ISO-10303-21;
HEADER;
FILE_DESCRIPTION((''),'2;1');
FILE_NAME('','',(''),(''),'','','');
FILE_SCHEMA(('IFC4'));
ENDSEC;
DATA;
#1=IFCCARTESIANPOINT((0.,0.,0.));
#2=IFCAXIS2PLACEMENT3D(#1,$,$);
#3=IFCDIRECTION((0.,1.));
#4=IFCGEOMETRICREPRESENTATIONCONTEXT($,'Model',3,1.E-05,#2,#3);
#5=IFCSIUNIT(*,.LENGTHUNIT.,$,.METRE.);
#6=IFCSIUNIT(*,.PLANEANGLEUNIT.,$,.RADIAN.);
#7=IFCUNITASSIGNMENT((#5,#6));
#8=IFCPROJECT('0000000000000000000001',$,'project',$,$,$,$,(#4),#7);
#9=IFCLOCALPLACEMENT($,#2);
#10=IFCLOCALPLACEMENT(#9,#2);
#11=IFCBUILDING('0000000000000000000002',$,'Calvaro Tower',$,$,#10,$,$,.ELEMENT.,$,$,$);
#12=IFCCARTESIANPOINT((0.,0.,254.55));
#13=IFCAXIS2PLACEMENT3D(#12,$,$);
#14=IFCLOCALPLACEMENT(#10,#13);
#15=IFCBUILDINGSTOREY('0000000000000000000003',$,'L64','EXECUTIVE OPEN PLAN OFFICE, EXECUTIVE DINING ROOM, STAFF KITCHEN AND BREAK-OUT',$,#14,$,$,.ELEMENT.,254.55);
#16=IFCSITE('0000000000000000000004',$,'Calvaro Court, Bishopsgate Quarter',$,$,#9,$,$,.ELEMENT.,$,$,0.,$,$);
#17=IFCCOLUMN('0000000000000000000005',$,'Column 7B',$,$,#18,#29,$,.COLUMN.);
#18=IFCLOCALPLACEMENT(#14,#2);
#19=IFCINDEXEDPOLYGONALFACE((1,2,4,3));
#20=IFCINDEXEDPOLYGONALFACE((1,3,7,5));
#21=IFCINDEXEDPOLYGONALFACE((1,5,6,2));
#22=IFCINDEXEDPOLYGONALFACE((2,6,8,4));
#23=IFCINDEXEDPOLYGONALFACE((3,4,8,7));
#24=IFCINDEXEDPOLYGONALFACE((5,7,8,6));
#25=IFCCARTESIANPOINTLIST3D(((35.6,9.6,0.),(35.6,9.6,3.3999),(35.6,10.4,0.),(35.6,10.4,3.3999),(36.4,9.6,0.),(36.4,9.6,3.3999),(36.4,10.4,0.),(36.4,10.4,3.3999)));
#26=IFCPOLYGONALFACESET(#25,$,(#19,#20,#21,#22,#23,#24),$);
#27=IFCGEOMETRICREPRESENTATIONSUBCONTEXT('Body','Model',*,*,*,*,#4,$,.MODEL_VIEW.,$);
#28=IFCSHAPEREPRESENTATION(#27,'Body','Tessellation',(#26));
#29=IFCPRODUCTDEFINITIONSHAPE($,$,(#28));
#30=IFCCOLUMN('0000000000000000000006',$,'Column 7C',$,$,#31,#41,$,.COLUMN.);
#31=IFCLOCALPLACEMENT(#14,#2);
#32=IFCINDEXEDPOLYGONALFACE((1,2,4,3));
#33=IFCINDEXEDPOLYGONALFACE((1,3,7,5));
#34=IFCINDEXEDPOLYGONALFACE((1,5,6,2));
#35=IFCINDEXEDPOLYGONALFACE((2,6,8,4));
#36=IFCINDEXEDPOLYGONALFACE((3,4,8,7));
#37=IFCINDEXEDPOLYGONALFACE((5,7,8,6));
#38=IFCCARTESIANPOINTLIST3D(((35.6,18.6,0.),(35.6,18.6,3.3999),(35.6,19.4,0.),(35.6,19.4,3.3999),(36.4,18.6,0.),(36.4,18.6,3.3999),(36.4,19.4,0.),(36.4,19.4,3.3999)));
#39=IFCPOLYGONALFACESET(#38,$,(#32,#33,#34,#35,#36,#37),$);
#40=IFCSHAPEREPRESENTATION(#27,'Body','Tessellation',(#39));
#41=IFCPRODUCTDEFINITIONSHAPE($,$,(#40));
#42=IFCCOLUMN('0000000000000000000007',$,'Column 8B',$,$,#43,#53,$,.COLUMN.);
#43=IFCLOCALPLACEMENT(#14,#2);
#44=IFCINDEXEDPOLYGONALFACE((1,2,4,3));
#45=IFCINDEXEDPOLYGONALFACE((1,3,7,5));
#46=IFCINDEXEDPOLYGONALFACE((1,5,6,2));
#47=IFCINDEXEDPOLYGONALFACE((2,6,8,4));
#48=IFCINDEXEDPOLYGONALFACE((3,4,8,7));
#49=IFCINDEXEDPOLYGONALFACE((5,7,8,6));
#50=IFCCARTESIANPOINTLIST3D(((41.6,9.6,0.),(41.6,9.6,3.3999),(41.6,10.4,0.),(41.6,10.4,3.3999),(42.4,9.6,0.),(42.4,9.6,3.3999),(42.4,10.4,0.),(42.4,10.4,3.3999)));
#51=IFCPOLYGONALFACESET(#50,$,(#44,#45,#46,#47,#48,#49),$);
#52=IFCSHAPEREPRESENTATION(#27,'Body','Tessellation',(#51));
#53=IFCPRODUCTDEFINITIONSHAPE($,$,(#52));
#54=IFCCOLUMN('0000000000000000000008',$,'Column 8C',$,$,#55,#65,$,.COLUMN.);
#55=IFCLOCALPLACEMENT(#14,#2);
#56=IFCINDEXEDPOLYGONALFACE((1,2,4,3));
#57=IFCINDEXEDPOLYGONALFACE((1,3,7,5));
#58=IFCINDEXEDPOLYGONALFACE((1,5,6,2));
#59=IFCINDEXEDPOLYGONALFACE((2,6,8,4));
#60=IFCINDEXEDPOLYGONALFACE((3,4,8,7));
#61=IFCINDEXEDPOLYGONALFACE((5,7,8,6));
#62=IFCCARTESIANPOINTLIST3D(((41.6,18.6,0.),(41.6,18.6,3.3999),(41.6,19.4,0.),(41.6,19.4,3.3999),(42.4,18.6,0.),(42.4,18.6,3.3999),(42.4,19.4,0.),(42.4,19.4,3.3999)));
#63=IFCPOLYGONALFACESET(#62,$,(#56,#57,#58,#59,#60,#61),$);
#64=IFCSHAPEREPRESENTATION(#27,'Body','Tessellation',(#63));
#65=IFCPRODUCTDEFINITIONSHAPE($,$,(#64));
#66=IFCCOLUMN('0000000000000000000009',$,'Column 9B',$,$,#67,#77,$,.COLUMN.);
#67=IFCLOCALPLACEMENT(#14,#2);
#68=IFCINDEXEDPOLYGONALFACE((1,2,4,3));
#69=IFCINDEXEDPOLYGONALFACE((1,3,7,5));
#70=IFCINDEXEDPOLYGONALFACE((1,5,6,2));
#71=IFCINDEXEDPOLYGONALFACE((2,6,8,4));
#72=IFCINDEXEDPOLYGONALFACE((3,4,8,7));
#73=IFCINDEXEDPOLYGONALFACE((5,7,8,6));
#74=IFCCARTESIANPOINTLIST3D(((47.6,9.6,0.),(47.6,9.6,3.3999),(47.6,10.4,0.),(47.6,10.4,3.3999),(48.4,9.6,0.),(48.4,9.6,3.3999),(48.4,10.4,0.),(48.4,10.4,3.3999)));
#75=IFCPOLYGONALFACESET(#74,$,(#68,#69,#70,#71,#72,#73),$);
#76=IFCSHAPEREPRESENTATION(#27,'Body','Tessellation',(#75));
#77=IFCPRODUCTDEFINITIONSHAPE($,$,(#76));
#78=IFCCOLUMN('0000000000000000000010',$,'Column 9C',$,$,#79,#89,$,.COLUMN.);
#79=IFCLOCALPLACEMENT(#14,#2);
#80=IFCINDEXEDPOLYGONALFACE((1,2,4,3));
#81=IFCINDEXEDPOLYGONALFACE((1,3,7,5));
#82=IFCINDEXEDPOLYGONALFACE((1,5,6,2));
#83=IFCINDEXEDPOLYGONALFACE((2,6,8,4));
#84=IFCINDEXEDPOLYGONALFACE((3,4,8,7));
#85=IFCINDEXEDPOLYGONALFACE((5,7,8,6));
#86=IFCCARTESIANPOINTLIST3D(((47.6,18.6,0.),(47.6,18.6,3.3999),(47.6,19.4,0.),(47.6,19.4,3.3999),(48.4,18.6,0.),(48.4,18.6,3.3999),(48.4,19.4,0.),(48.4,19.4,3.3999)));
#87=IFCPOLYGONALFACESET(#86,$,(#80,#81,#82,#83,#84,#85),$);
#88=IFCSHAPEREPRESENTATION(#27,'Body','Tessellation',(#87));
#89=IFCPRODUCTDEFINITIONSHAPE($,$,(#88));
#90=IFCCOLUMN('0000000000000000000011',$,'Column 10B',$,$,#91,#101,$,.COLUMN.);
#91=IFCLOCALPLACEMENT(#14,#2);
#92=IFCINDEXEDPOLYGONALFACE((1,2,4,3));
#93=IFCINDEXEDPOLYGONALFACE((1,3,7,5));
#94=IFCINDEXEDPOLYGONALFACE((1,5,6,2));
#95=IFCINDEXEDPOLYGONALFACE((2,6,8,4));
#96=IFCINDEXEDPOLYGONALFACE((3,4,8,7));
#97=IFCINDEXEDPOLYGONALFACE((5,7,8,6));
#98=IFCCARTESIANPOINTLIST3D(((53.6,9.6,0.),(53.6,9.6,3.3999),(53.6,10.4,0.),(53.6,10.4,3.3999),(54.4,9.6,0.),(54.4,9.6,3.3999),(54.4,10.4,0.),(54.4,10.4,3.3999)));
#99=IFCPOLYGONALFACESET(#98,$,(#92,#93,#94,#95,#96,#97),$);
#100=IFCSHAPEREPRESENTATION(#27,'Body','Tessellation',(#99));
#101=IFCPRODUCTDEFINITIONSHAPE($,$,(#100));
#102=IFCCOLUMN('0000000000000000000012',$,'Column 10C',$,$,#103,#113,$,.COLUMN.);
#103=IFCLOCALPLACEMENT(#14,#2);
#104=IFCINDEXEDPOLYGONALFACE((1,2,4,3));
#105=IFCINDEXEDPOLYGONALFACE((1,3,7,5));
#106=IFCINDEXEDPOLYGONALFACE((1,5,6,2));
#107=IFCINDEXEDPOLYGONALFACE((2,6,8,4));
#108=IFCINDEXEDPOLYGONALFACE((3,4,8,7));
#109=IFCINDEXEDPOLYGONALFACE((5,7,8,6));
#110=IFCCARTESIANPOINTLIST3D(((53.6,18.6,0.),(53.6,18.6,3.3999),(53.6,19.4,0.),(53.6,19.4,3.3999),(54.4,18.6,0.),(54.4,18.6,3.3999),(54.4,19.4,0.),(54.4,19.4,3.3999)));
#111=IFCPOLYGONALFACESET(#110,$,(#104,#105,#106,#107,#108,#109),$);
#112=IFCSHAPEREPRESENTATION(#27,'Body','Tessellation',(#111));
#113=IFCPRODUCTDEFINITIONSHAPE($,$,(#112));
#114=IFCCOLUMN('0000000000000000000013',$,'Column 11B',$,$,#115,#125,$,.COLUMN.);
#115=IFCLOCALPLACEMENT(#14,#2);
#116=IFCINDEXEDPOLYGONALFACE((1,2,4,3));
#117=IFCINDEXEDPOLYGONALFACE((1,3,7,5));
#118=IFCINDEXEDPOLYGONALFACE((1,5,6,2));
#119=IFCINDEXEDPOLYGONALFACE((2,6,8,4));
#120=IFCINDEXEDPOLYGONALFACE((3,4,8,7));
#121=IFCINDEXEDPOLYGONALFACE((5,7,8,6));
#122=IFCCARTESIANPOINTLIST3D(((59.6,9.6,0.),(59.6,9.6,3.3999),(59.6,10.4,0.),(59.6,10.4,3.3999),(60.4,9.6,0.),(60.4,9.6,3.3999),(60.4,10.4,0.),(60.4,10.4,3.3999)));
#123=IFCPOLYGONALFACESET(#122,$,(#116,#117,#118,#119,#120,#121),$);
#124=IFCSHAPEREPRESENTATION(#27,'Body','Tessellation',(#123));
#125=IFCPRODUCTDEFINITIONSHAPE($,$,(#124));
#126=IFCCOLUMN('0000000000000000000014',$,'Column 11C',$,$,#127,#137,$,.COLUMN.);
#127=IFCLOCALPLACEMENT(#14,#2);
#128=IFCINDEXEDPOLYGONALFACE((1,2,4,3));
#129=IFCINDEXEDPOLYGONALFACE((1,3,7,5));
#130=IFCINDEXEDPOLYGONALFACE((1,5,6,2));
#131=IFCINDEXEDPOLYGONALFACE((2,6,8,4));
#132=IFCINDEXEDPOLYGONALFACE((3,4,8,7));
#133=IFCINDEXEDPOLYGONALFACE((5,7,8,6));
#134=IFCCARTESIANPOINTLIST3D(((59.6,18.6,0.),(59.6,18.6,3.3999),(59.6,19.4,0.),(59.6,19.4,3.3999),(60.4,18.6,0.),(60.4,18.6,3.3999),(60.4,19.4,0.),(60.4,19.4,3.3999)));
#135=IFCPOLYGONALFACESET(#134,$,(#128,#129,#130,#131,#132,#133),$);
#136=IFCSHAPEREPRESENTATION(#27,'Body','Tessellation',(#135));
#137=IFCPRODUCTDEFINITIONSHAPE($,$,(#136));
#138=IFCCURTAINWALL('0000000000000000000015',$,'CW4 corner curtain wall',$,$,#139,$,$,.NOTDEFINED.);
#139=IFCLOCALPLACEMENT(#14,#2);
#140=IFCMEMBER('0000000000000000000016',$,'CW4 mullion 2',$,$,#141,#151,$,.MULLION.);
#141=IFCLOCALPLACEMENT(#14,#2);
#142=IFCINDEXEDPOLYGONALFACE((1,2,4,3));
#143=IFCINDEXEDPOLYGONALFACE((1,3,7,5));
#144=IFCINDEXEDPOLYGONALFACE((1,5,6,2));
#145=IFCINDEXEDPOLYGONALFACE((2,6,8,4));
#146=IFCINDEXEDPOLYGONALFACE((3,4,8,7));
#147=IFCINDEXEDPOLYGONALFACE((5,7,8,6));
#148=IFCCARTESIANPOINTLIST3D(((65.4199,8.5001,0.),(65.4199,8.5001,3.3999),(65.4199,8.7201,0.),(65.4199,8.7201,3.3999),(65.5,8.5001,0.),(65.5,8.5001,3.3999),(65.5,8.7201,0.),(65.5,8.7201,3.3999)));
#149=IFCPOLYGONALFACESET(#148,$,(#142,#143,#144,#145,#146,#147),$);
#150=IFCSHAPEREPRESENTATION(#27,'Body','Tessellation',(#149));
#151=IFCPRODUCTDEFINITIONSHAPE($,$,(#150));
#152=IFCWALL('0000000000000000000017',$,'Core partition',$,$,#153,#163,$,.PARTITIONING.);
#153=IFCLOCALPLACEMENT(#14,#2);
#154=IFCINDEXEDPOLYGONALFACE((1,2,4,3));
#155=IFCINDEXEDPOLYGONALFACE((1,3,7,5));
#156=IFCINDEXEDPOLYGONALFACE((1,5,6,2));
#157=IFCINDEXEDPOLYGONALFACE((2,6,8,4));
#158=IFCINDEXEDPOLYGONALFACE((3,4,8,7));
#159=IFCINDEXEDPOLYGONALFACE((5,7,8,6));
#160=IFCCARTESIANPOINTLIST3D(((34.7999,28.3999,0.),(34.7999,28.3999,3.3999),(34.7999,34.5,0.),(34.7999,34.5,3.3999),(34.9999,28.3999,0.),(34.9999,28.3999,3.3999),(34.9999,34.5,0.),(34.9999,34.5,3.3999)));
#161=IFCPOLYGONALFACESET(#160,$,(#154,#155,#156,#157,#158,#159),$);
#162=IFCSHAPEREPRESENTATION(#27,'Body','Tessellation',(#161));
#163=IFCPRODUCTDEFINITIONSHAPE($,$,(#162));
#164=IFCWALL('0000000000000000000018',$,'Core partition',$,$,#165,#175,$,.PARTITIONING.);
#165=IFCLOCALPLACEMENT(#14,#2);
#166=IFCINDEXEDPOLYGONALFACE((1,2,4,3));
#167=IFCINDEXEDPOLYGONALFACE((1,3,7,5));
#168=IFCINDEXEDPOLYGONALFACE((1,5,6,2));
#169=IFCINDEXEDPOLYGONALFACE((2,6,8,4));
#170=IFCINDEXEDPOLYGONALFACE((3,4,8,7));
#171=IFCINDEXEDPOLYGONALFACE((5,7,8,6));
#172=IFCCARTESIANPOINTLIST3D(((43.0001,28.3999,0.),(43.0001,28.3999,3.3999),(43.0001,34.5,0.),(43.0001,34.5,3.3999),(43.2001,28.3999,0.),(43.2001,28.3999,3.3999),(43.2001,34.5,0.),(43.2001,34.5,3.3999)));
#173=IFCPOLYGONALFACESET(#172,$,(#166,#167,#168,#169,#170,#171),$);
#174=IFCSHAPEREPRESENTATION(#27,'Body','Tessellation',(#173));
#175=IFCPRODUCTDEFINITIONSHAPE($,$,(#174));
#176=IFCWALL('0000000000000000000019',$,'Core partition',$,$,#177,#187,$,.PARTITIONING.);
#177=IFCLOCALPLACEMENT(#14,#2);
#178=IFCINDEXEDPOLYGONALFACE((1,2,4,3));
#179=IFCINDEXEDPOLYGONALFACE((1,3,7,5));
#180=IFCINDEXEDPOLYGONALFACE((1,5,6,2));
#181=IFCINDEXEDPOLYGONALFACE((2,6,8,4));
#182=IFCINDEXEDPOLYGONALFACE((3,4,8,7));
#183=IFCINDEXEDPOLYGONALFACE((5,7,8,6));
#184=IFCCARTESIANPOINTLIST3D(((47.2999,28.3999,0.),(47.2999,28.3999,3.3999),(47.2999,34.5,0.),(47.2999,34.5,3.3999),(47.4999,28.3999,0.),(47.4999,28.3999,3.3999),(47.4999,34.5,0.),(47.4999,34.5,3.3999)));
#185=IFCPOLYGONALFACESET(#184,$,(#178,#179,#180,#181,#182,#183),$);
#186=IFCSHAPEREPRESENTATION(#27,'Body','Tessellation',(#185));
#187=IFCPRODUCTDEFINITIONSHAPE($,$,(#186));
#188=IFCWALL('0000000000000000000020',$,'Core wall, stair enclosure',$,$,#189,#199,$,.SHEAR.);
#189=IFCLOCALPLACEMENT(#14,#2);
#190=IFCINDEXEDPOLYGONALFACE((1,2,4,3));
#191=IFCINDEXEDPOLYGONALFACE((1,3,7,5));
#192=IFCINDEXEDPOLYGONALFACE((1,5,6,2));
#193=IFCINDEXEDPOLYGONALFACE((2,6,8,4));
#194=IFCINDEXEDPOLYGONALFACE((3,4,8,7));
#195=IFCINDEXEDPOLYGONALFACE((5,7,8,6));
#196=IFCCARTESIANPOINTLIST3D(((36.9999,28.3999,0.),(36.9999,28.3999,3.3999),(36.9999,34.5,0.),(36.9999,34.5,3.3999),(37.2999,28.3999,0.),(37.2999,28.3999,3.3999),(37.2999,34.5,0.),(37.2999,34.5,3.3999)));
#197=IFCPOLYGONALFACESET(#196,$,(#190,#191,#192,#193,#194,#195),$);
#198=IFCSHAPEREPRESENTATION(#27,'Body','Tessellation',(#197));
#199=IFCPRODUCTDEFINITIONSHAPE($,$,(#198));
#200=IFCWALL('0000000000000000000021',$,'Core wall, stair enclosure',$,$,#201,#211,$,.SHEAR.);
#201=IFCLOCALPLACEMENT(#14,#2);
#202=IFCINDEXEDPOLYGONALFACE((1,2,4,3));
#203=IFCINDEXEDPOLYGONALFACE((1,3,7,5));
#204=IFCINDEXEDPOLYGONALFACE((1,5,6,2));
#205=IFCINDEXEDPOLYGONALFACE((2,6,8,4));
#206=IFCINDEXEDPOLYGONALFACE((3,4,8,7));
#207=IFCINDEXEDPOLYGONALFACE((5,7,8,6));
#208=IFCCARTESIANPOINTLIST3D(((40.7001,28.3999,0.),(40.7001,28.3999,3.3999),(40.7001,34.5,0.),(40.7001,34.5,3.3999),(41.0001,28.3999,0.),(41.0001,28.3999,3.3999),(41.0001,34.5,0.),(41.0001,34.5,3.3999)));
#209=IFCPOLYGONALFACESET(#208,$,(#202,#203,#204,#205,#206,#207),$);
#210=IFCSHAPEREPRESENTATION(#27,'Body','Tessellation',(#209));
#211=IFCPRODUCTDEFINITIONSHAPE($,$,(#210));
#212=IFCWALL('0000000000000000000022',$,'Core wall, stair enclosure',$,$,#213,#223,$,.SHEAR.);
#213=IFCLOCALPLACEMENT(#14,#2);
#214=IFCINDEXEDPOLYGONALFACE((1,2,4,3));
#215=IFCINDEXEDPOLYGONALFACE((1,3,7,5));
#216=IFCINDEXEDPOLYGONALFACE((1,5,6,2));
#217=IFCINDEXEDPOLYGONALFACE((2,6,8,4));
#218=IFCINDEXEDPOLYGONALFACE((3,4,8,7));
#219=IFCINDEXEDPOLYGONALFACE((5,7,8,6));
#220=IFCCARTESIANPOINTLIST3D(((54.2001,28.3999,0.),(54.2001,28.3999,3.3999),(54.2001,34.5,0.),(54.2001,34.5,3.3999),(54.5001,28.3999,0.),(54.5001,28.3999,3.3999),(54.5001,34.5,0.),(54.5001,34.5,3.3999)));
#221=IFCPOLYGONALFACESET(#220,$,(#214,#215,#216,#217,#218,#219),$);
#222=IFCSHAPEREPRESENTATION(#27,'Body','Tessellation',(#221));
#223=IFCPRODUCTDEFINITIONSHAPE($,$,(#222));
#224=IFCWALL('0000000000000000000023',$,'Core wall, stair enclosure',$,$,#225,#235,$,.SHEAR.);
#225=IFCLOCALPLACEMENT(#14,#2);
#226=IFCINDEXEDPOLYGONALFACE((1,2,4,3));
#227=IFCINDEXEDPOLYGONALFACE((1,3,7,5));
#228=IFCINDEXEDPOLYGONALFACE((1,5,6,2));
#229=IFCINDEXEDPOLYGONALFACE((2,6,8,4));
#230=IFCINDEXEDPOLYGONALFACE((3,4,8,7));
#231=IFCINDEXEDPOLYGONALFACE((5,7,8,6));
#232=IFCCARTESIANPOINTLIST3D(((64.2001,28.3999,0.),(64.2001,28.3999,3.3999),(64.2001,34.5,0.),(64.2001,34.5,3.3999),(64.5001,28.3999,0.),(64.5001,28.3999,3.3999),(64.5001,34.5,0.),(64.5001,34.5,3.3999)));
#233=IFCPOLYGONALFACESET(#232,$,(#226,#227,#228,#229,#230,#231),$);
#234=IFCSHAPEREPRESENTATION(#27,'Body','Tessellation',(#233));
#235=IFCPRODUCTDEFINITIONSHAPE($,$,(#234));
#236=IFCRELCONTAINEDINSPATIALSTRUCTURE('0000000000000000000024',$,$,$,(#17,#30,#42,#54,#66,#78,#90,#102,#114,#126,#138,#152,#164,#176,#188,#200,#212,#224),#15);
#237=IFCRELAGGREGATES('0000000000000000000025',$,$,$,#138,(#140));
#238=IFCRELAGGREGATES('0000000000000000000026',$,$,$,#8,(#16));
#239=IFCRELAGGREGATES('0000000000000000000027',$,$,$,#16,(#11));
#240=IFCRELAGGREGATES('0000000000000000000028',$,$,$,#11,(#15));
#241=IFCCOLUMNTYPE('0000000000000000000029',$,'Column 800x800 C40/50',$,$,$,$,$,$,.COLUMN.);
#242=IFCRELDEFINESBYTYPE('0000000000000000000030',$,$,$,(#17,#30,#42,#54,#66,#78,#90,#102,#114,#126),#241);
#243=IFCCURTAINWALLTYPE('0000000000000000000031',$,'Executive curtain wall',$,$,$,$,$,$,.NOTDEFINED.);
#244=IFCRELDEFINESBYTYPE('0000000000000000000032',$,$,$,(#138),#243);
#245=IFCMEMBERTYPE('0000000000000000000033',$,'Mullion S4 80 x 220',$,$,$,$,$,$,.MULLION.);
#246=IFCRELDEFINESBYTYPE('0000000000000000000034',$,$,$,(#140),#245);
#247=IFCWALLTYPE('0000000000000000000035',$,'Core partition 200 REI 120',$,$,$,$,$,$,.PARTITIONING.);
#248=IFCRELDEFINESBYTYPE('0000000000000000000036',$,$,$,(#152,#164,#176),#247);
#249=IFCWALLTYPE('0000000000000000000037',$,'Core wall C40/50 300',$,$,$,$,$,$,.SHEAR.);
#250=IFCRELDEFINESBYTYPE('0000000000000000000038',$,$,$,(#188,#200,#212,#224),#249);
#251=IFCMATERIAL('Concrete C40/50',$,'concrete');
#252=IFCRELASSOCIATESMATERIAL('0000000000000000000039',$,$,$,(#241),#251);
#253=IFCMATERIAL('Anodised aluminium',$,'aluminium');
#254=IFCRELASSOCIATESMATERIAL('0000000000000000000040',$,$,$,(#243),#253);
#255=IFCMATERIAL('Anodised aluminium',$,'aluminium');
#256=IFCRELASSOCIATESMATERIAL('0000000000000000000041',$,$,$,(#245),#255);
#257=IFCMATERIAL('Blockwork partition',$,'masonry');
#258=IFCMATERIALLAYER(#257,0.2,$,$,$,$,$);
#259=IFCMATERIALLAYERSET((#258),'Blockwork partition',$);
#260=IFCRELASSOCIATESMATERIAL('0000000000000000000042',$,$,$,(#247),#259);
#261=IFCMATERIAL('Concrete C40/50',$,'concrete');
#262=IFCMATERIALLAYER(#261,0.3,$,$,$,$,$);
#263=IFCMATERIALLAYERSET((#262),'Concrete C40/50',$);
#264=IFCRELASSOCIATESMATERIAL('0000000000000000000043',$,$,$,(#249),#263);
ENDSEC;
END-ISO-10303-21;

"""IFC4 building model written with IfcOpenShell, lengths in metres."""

from ifc_helpers import new_model, si_unit, direction, frame, frame_2d, origin, origin_2d, place, context, subcontext, project, spatial, rectangle, extrude, material, layer, layer_set, material_profile, profile_set, type_object, element, aggregate, save


model = new_model("IFC4")

# Units and contexts
model_context = context("Model", 3, precision=1e-05, world=origin(), true_north=direction((0.0, 1.0)))
body_context = subcontext(model_context, "Body", "Model", "MODEL_VIEW")
ifc_project = project(units=[si_unit("LENGTHUNIT", "METRE"), si_unit("PLANEANGLEUNIT", "RADIAN")], contexts=[model_context])

# Site, building, storey
site_placement = place(None, origin())
site = spatial("IfcSite", under=ifc_project, at=site_placement, Name="Calvaro Court, Bishopsgate Quarter", CompositionType="ELEMENT", RefElevation=0.0)
building_placement = place(site_placement, origin())
building = spatial("IfcBuilding", under=site, at=building_placement, Name="Calvaro Tower", CompositionType="ELEMENT")
storey_placement = place(building_placement, frame((0.0, 0.0, 254.55)))
storey = spatial("IfcBuildingStorey", under=building, at=storey_placement, Name="L64", Description="EXECUTIVE OPEN PLAN OFFICE, EXECUTIVE DINING ROOM, STAFF KITCHEN AND BREAK-OUT", CompositionType="ELEMENT", Elevation=254.55)

# Columns
ifc_material_1 = material(Name="Concrete C40/50", Category="concrete")
ifc_material_profile_1 = material_profile(ifc_material_1, rectangle(XDim=0.8, YDim=0.8, at=origin_2d()), Name="RC 800x800")
ifc_profile_set_1 = profile_set([ifc_material_profile_1], Name="Concrete C40/50")
column_type = type_object("IfcColumnType", Name="Column 800x800 C40/50", PredefinedType="COLUMN", material=ifc_profile_set_1)
for number, where, z_axis, x_axis, name in (
    (1, (36.0, 10.0, 0.0), (0.0, 0.0, 1.0), (1.0, 0.0, 0.0), "Column 7B"),
    (2, (36.0, 19.0, 0.0), (0.0, 0.0, 1.0), (1.0, 0.0, 0.0), "Column 7C"),
    (3, (42.0, 10.0, 0.0), (0.0, 0.0, 1.0), (1.0, 0.0, 0.0), "Column 8B"),
    (4, (42.0, 19.0, 0.0), (0.0, 0.0, 1.0), (1.0, 0.0, 0.0), "Column 8C"),
    (5, (48.0, 10.0, 0.0), (0.0, 0.0, 1.0), (1.0, 0.0, 0.0), "Column 9B"),
    (6, (48.0, 19.0, 0.0), (0.0, 0.0, 1.0), (1.0, 0.0, 0.0), "Column 9C"),
    (7, (54.0, 10.0, 0.0), (0.0, 0.0, 1.0), (1.0, 0.0, 0.0), "Column 10B"),
    (8, (54.0, 19.0, 0.0), (0.0, 0.0, 1.0), (1.0, 0.0, 0.0), "Column 10C"),
    (9, (60.0, 10.0, 0.0), (0.0, 0.0, 1.0), (1.0, 0.0, 0.0), "Column 11B"),
    (10, (60.0, 19.0, 0.0), (0.0, 0.0, 1.0), (1.0, 0.0, 0.0), "Column 11C"),
):
    element("IfcColumn", number, at=place(storey_placement, frame(where, z_axis=z_axis, x_axis=x_axis)), inside=storey, type_object=column_type, Name=name, PredefinedType="COLUMN", context=body_context, shape_type="SweptSolid", body=[
        extrude(rectangle(XDim=0.8, YDim=0.8, at=origin_2d()), origin(), (0.0, 0.0, 1.0), 3.3999),
    ])

# Curtain wall, member
ifc_material_2 = material(Name="Anodised aluminium", Category="aluminium")
curtain_wall_type = type_object("IfcCurtainWallType", Name="Executive curtain wall", PredefinedType="NOTDEFINED", material=ifc_material_2)
curtain_wall_placement = place(storey_placement, origin())
curtain_wall = element("IfcCurtainWall", 11, at=curtain_wall_placement, inside=storey, type_object=curtain_wall_type, Name="CW4 corner curtain wall", PredefinedType="NOTDEFINED")
ifc_material_3 = material(Name="Anodised aluminium", Category="aluminium")
ifc_material_profile_2 = material_profile(ifc_material_3, rectangle(XDim=0.22, YDim=0.0801, at=origin_2d()), Name="Mullion S4 80 x 220")
ifc_profile_set_2 = profile_set([ifc_material_profile_2], Name="Anodised aluminium")
member_type = type_object("IfcMemberType", Name="Mullion S4 80 x 220", PredefinedType="MULLION", material=ifc_profile_set_2)
member_placement = place(storey_placement, frame((65.46, 8.6101, 0.0), z_axis=(0.0, 0.0, 1.0), x_axis=(0.0, 1.0, 0.0)))
member = element("IfcMember", 12, at=member_placement, type_object=member_type, Name="CW4 mullion 2", PredefinedType="MULLION", context=body_context, shape_type="SweptSolid", body=[
    extrude(rectangle(XDim=0.22, YDim=0.0801, at=origin_2d()), origin(), (0.0, 0.0, 1.0), 3.3999),
])
aggregate(curtain_wall, [member])

# Walls
ifc_material_4 = material(Name="Blockwork partition", Category="masonry")
ifc_layer_1 = layer(ifc_material_4, 0.2)
ifc_layer_set_1 = layer_set([ifc_layer_1], Name="Blockwork partition")
wall_type_1 = type_object("IfcWallType", Name="Core partition 200 REI 120", PredefinedType="PARTITIONING", material=ifc_layer_set_1)
for number, where, z_axis, x_axis, name in (
    (13, (34.8999, 28.3999, 0.0), (0.0, 0.0, 1.0), (0.0, 1.0, 0.0), "Core partition"),
    (14, (43.1001, 28.3999, 0.0), (0.0, 0.0, 1.0), (0.0, 1.0, 0.0), "Core partition"),
    (15, (47.3999, 28.3999, 0.0), (0.0, 0.0, 1.0), (0.0, 1.0, 0.0), "Core partition"),
):
    element("IfcWall", number, at=place(storey_placement, frame(where, z_axis=z_axis, x_axis=x_axis)), inside=storey, type_object=wall_type_1, Name=name, PredefinedType="PARTITIONING", context=body_context, shape_type="SweptSolid", body=[
        extrude(rectangle(XDim=6.1001, YDim=0.2, at=frame_2d((3.05, 0.0))), origin(), (0.0, 0.0, 1.0), 3.3999),
    ])
ifc_material_5 = material(Name="Concrete C40/50", Category="concrete")
ifc_layer_2 = layer(ifc_material_5, 0.3)
ifc_layer_set_2 = layer_set([ifc_layer_2], Name="Concrete C40/50")
wall_type_2 = type_object("IfcWallType", Name="Core wall C40/50 300", PredefinedType="SHEAR", material=ifc_layer_set_2)
for number, where, z_axis, x_axis, name in (
    (16, (37.1499, 28.3999, 0.0), (0.0, 0.0, 1.0), (0.0, 1.0, 0.0), "Core wall, stair enclosure"),
    (17, (40.8501, 28.3999, 0.0), (0.0, 0.0, 1.0), (0.0, 1.0, 0.0), "Core wall, stair enclosure"),
    (18, (54.3501, 28.3999, 0.0), (0.0, 0.0, 1.0), (0.0, 1.0, 0.0), "Core wall, stair enclosure"),
    (19, (64.3501, 28.3999, 0.0), (0.0, 0.0, 1.0), (0.0, 1.0, 0.0), "Core wall, stair enclosure"),
):
    element("IfcWall", number, at=place(storey_placement, frame(where, z_axis=z_axis, x_axis=x_axis)), inside=storey, type_object=wall_type_2, Name=name, PredefinedType="SHEAR", context=body_context, shape_type="SweptSolid", body=[
        extrude(rectangle(XDim=6.1001, YDim=0.3, at=frame_2d((3.05, 0.0))), origin(), (0.0, 0.0, 1.0), 3.3999),
    ])

save(model, "model.ifc")
